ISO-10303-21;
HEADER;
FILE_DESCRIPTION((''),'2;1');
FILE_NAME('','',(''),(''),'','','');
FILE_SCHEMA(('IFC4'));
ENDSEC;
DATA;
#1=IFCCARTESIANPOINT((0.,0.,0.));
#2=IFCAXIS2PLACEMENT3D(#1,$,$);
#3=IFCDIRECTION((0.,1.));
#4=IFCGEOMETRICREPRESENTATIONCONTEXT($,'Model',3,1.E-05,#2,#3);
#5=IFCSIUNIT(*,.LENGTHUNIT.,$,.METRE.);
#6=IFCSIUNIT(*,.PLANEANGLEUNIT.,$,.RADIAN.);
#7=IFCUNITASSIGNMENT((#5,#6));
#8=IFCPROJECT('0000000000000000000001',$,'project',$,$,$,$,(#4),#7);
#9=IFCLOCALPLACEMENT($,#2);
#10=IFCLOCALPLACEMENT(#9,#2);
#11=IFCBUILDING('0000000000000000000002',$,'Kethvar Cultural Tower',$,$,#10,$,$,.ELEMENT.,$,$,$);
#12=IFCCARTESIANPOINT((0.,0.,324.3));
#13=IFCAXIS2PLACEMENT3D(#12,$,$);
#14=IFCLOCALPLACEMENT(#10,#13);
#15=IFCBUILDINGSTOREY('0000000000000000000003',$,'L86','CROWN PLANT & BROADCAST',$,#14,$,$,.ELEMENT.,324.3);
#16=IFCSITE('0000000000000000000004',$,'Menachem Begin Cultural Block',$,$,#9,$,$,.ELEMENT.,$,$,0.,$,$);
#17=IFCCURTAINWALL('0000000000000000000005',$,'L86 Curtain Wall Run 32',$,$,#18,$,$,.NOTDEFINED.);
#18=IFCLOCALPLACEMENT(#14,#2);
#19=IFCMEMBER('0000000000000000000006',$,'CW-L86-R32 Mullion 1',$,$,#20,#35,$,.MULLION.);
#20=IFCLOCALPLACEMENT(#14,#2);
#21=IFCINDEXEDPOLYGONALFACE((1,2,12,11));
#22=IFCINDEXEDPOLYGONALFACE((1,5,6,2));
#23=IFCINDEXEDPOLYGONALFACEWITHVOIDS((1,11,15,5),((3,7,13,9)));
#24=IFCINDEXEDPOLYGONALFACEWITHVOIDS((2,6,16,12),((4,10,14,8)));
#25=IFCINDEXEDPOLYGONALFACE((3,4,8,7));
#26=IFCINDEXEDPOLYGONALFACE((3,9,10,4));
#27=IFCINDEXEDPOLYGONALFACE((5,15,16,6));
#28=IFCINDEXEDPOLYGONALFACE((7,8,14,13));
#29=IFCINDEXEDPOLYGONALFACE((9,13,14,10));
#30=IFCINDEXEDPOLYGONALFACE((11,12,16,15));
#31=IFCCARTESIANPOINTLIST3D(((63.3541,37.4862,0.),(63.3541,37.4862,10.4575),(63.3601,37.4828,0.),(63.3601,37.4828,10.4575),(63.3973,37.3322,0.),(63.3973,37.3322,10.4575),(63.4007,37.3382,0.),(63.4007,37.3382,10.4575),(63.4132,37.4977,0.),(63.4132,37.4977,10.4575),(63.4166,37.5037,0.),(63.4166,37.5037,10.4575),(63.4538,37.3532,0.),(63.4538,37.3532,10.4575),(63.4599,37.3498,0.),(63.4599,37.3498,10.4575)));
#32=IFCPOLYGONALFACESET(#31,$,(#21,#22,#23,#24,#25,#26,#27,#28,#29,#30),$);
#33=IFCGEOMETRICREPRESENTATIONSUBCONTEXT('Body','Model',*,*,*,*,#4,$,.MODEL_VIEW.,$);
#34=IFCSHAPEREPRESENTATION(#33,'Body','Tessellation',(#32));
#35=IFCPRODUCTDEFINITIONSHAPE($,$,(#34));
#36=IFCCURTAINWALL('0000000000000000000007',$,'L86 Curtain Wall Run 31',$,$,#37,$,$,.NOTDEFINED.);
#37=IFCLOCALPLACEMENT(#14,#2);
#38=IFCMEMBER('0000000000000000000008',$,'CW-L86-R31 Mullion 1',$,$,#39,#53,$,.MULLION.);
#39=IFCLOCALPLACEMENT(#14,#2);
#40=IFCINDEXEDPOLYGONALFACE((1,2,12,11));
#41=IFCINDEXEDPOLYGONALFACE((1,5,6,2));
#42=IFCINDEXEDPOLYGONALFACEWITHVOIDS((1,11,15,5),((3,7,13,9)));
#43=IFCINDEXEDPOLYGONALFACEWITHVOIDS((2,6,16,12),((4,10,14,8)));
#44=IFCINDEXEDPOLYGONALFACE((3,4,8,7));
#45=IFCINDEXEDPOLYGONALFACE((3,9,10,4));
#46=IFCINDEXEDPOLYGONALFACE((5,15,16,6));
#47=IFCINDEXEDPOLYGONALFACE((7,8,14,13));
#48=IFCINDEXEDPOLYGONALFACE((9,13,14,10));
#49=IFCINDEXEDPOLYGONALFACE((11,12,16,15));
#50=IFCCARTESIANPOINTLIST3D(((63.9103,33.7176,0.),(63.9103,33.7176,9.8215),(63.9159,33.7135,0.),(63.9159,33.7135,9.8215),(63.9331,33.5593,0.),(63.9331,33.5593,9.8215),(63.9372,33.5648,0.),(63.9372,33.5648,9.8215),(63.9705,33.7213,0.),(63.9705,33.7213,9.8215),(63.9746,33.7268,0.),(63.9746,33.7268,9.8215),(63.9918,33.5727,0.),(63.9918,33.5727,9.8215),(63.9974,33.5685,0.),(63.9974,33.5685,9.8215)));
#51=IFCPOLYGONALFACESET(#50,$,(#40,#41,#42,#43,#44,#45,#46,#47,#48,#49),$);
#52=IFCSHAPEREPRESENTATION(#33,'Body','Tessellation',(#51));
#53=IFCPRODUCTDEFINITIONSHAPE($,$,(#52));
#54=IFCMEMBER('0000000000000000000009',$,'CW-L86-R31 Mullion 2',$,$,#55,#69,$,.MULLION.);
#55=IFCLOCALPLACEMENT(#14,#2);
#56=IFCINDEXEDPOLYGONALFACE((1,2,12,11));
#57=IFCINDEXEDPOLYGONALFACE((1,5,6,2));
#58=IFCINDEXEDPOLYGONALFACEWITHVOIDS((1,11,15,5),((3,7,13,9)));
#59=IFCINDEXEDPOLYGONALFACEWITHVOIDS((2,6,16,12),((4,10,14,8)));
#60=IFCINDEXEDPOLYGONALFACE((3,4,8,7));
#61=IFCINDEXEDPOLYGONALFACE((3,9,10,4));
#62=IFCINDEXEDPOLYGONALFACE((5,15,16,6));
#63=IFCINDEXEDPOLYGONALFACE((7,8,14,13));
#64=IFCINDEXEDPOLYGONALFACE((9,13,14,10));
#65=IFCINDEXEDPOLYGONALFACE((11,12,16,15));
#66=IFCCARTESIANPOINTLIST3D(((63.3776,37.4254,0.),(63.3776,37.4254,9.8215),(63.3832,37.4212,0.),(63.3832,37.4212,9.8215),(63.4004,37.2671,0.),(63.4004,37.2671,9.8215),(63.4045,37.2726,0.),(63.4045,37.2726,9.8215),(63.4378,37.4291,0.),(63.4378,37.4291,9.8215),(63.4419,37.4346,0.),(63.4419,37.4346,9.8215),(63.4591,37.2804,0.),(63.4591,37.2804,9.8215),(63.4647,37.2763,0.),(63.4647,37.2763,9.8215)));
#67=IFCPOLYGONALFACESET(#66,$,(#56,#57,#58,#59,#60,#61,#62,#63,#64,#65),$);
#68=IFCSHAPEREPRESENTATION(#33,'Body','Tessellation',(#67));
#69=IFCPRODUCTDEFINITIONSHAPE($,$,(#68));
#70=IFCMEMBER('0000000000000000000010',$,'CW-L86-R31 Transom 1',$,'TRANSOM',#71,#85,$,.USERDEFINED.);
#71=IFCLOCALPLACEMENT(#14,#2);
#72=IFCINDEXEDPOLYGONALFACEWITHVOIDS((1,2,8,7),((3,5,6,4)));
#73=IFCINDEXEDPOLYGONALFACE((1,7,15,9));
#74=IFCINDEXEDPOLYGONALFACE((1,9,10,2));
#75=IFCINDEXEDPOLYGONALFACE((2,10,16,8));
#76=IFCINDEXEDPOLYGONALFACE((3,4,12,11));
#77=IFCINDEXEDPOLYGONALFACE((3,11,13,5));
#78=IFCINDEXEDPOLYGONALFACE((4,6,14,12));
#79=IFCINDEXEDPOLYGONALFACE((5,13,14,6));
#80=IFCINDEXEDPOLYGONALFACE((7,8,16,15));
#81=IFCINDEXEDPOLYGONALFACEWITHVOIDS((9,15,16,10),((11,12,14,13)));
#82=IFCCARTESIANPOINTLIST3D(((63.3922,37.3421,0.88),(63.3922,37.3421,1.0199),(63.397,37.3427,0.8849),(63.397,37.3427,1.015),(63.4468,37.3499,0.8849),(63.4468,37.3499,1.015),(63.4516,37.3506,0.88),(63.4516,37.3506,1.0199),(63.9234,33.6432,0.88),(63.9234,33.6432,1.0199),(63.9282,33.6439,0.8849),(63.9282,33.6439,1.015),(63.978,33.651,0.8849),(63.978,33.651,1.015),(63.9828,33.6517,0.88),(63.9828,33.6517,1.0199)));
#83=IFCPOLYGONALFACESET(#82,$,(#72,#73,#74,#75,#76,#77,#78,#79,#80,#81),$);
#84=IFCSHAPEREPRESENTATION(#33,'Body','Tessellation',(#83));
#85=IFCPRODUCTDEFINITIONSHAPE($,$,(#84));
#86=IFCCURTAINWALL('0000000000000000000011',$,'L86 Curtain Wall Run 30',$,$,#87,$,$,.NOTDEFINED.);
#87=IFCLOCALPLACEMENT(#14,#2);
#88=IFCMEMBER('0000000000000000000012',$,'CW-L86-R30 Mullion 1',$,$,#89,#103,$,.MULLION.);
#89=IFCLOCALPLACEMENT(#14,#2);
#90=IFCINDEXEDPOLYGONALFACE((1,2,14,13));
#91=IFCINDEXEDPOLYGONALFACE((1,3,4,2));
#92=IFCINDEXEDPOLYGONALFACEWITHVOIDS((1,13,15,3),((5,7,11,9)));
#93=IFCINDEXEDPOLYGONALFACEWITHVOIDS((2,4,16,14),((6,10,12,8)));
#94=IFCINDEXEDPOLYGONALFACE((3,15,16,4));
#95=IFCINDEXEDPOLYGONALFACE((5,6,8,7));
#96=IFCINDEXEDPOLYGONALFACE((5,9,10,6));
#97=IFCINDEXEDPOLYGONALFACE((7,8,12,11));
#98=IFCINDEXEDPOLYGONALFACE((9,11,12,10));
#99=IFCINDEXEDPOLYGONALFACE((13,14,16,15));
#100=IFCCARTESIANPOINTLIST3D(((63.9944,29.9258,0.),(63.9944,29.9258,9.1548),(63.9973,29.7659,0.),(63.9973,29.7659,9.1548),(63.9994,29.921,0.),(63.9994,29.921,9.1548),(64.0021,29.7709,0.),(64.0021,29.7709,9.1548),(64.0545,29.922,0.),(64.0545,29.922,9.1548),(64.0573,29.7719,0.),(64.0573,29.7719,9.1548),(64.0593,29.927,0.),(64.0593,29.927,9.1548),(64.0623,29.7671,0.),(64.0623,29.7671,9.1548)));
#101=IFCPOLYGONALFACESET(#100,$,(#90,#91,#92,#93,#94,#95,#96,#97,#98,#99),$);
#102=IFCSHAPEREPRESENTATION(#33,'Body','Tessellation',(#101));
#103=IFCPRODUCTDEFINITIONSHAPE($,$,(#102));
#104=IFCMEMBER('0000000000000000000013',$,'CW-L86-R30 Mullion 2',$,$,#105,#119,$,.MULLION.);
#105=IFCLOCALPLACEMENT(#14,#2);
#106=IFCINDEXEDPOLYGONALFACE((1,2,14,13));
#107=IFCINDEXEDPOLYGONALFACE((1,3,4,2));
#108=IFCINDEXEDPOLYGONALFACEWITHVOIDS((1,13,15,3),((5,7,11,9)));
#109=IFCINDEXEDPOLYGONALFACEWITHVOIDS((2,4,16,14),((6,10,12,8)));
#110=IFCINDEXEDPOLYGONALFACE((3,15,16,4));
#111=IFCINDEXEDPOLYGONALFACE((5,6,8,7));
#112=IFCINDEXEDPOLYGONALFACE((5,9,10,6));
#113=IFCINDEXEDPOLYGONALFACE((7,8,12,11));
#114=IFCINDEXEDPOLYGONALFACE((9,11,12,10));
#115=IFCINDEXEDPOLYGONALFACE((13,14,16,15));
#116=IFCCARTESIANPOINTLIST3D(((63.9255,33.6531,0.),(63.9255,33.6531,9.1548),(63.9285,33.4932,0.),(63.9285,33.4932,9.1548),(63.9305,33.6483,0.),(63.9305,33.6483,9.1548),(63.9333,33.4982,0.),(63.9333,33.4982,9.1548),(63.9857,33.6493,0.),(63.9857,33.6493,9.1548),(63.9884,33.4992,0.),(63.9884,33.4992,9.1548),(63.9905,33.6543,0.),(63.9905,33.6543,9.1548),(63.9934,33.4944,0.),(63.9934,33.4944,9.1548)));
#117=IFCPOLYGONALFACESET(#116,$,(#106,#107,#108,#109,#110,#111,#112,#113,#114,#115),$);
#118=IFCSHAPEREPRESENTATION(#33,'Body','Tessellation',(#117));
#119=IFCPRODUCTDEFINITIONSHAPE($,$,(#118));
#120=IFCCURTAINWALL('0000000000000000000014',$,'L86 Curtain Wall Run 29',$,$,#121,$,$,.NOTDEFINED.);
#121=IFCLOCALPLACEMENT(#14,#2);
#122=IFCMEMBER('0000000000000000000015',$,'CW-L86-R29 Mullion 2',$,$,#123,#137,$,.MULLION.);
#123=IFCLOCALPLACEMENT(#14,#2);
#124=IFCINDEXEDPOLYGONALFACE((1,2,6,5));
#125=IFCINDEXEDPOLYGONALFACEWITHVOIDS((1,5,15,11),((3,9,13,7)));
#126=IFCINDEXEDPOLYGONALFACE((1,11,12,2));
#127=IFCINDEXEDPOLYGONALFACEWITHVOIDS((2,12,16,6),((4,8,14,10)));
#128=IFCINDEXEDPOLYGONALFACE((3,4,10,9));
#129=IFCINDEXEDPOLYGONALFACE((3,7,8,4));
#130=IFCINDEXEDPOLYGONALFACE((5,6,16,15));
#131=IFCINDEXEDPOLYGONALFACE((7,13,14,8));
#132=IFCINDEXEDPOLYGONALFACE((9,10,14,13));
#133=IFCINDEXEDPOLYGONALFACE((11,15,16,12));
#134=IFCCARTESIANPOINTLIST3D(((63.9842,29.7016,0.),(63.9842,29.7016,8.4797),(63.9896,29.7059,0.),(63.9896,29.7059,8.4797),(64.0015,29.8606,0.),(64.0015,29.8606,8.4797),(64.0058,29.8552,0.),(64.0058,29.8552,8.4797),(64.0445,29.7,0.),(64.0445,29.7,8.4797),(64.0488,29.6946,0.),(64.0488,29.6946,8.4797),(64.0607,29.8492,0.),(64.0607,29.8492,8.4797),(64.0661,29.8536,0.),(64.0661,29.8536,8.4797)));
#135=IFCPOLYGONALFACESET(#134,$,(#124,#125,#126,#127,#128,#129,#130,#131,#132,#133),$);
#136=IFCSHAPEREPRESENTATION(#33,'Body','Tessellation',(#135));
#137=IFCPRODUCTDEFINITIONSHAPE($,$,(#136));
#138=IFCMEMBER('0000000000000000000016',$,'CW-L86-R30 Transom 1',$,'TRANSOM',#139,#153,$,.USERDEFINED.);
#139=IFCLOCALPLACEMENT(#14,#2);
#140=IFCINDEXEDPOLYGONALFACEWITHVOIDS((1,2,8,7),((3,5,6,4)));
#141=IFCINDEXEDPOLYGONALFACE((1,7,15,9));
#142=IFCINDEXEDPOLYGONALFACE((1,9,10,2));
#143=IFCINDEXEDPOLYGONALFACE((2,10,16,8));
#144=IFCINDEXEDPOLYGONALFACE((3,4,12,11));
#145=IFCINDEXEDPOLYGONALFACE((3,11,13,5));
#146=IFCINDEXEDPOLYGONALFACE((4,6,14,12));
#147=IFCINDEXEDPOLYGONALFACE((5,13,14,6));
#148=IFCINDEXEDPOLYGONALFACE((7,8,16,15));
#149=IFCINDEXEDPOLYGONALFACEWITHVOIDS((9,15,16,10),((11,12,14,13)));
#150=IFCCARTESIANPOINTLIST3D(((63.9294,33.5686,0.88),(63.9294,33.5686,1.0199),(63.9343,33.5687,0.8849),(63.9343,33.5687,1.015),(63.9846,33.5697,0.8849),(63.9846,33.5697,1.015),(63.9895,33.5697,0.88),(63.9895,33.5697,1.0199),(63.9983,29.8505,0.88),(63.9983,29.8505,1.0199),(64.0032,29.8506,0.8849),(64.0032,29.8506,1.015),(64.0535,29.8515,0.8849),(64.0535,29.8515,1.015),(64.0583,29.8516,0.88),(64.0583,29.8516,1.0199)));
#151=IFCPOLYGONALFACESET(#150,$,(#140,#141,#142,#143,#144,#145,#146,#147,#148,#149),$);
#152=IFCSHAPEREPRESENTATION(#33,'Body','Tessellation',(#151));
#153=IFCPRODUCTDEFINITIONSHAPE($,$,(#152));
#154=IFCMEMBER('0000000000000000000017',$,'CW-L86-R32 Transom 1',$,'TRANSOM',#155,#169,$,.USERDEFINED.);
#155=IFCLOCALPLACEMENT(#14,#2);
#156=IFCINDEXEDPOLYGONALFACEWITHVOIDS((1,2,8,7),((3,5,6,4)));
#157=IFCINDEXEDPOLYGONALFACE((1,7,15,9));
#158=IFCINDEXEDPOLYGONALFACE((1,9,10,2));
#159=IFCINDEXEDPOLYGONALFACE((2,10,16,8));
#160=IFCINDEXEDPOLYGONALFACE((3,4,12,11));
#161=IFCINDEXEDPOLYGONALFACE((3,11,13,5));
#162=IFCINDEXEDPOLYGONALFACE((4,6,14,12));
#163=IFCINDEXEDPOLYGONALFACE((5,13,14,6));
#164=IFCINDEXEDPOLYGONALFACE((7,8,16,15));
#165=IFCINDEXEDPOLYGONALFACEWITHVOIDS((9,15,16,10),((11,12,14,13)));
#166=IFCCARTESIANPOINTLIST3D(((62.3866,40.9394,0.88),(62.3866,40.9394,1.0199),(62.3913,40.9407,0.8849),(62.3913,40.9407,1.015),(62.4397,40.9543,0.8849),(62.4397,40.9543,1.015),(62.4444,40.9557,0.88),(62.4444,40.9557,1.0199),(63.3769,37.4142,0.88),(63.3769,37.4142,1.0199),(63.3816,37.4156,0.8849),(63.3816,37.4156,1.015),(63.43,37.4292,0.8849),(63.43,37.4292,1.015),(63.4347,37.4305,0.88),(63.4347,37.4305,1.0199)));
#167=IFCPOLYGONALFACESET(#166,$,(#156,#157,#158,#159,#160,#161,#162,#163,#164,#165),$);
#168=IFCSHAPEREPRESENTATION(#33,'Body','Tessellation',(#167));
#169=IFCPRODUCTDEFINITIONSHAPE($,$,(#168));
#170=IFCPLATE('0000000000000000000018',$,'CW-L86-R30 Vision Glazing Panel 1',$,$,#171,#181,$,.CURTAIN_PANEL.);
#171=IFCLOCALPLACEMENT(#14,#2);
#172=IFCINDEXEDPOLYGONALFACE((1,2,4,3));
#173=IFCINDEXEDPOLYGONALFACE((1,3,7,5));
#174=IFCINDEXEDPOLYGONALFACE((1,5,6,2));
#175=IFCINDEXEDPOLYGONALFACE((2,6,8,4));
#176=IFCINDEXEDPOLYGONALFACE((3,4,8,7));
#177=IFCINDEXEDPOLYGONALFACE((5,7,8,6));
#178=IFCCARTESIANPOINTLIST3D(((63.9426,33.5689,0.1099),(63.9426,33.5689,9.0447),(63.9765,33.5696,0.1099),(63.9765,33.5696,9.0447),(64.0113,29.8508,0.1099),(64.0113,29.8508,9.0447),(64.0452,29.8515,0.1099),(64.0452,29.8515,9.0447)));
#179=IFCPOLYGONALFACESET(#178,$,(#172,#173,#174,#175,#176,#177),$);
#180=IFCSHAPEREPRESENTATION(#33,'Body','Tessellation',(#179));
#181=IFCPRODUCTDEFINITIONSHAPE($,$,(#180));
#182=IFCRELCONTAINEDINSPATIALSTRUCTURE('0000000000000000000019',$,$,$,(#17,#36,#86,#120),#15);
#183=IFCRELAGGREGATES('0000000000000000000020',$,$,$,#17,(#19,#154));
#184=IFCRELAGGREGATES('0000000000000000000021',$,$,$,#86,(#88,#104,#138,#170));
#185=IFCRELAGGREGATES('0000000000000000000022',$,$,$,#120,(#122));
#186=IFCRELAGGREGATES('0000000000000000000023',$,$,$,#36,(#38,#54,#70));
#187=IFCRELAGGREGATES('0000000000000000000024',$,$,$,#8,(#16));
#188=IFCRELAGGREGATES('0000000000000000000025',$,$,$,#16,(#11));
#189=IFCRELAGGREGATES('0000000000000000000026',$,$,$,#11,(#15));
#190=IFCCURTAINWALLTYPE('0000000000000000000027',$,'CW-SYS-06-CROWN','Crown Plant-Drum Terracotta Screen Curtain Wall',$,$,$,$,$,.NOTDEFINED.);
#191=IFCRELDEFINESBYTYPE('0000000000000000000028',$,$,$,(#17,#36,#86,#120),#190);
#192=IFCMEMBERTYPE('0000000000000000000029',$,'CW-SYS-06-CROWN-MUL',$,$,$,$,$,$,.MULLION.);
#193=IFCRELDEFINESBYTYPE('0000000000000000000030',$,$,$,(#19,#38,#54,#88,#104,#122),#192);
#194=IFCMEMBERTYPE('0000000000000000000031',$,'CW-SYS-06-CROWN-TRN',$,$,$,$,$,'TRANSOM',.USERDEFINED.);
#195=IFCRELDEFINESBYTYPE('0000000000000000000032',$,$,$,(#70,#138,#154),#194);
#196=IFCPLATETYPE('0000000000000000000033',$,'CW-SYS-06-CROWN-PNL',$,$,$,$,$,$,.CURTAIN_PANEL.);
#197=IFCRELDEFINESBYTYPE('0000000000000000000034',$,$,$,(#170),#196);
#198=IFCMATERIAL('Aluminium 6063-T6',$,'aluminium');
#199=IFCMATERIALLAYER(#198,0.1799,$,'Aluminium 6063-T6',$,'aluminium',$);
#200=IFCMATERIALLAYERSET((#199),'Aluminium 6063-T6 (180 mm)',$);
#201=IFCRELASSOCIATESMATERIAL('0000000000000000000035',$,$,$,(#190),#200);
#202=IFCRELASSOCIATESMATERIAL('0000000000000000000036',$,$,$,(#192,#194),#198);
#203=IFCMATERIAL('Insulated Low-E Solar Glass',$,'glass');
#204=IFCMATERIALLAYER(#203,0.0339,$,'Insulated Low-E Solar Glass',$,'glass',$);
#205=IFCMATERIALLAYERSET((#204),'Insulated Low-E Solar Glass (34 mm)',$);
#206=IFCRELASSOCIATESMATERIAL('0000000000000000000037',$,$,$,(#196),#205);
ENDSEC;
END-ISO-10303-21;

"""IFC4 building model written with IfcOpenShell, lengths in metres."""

from ifc_helpers import new_model, si_unit, direction, frame, origin, origin_2d, place, context, subcontext, project, spatial, rectangle, hollow_rectangle, extrude, source, transform, mapped, material, layer, layer_set, material_profile, profile_set, type_object, element, aggregate, save


model = new_model("IFC4")

# Units and contexts
model_context = context("Model", 3, precision=1e-05, world=origin(), true_north=direction((0.0, 1.0)))
body_context = subcontext(model_context, "Body", "Model", "MODEL_VIEW")
ifc_project = project(units=[si_unit("LENGTHUNIT", "METRE"), si_unit("PLANEANGLEUNIT", "RADIAN")], contexts=[model_context])

# Site, building, storey
site_placement = place(None, origin())
site = spatial("IfcSite", under=ifc_project, at=site_placement, Name="Menachem Begin Cultural Block", CompositionType="ELEMENT", RefElevation=0.0)
building_placement = place(site_placement, origin())
building = spatial("IfcBuilding", under=site, at=building_placement, Name="Kethvar Cultural Tower", CompositionType="ELEMENT")
storey_placement = place(building_placement, frame((0.0, 0.0, 324.3)))
storey = spatial("IfcBuildingStorey", under=building, at=storey_placement, Name="L86", Description="CROWN PLANT & BROADCAST", CompositionType="ELEMENT", Elevation=324.3)

# Curtain wall, member
ifc_material_1 = material(Name="Aluminium 6063-T6", Category="aluminium")
ifc_layer_1 = layer(ifc_material_1, 0.1799, Name="Aluminium 6063-T6", Category="aluminium")
ifc_layer_set_1 = layer_set([ifc_layer_1], Name="Aluminium 6063-T6 (180 mm)")
curtain_wall_type = type_object("IfcCurtainWallType", Name="CW-SYS-06-CROWN", Description="Crown Plant-Drum Terracotta Screen Curtain Wall", PredefinedType="NOTDEFINED", material=ifc_layer_set_1)
curtain_wall_1_placement = place(storey_placement, origin())
curtain_wall_1 = element("IfcCurtainWall", 1, at=curtain_wall_1_placement, inside=storey, type_object=curtain_wall_type, Name="L86 Curtain Wall Run 32", PredefinedType="NOTDEFINED")
ifc_material_profile_1 = material_profile(ifc_material_1, hollow_rectangle(XDim=0.0649, YDim=0.1599, WallThickness=0.0049, at=origin_2d()), Name="Aluminium 6063-T6 — RHS160x65x5")
ifc_profile_set_1 = profile_set([ifc_material_profile_1], Name="Aluminium 6063-T6 — RHS160x65x5")
member_type_1 = type_object("IfcMemberType", Name="CW-SYS-06-CROWN-MUL", PredefinedType="MULLION", material=ifc_profile_set_1)
shared_shape_1 = source(origin(), body_context, "Body", "SweptSolid", [
    extrude(hollow_rectangle(XDim=0.0649, YDim=0.1599, WallThickness=0.0049, at=origin_2d()), origin(), (0.0, 0.0, 1.0), 10.4575),
])
member_1_placement = place(storey_placement, frame((63.407, 37.418, 0.0), z_axis=(0.0, 0.0, 1.0), x_axis=(-0.962739, -0.270432, 0.0)))
member_1 = element("IfcMember", 2, at=member_1_placement, type_object=member_type_1, Name="CW-L86-R32 Mullion 1", PredefinedType="MULLION", context=body_context, shape_type="MappedRepresentation", body=[
    mapped(shared_shape_1, transform((0.0, 0.0, 0.0), scale=1.0)),
])

# Curtain walls, members
curtain_wall_2_placement = place(storey_placement, origin())
curtain_wall_2 = element("IfcCurtainWall", 3, at=curtain_wall_2_placement, inside=storey, type_object=curtain_wall_type, Name="L86 Curtain Wall Run 31", PredefinedType="NOTDEFINED")
shared_shape_2 = source(origin(), body_context, "Body", "SweptSolid", [
    extrude(hollow_rectangle(XDim=0.0649, YDim=0.1599, WallThickness=0.0049, at=origin_2d()), origin(), (0.0, 0.0, 1.0), 9.8215),
])
member_2_placement = place(storey_placement, frame((63.9539, 33.6431, 0.0), z_axis=(0.0, 0.0, 1.0), x_axis=(-0.989841, -0.14218, 0.0)))
member_2 = element("IfcMember", 4, at=member_2_placement, type_object=member_type_1, Name="CW-L86-R31 Mullion 1", PredefinedType="MULLION", context=body_context, shape_type="MappedRepresentation", body=[
    mapped(shared_shape_2, transform((0.0, 0.0, 0.0), scale=1.0)),
])
member_3_placement = place(storey_placement, frame((63.4211, 37.3508, 0.0), z_axis=(0.0, 0.0, 1.0), x_axis=(-0.989841, -0.14218, 0.0)))
member_3 = element("IfcMember", 5, at=member_3_placement, type_object=member_type_1, Name="CW-L86-R31 Mullion 2", PredefinedType="MULLION", context=body_context, shape_type="MappedRepresentation", body=[
    mapped(shared_shape_2, transform((0.0, 0.0, 0.0), scale=1.0)),
])
ifc_material_profile_2 = material_profile(ifc_material_1, hollow_rectangle(XDim=0.0601, YDim=0.1399, WallThickness=0.0049, at=origin_2d()), Name="Aluminium 6063-T6 — RHS140x60x5")
ifc_profile_set_2 = profile_set([ifc_material_profile_2], Name="Aluminium 6063-T6 — RHS140x60x5")
member_type_2 = type_object("IfcMemberType", Name="CW-SYS-06-CROWN-TRN", ElementType="TRANSOM", PredefinedType="USERDEFINED", material=ifc_profile_set_2)
shared_shape_3 = source(origin(), body_context, "Body", "SweptSolid", [
    extrude(hollow_rectangle(XDim=0.0601, YDim=0.1399, WallThickness=0.0049, at=origin_2d()), origin(), (0.0, 0.0, 1.0), 3.7368),
])
member_4_placement = place(storey_placement, frame((63.9531, 33.6475, 0.95), z_axis=(-0.142162, 0.989843, 0.0), x_axis=(-0.989843, -0.142162, 0.0)))
member_4 = element("IfcMember", 6, at=member_4_placement, type_object=member_type_2, Name="CW-L86-R31 Transom 1", ObjectType="TRANSOM", PredefinedType="USERDEFINED", context=body_context, shape_type="MappedRepresentation", body=[
    mapped(shared_shape_3, transform((0.0, 0.0, 0.0), scale=1.0)),
])
curtain_wall_3_placement = place(storey_placement, origin())
curtain_wall_3 = element("IfcCurtainWall", 7, at=curtain_wall_3_placement, inside=storey, type_object=curtain_wall_type, Name="L86 Curtain Wall Run 30", PredefinedType="NOTDEFINED")
shared_shape_4 = source(origin(), body_context, "Body", "SweptSolid", [
    extrude(hollow_rectangle(XDim=0.0649, YDim=0.1599, WallThickness=0.0049, at=origin_2d()), origin(), (0.0, 0.0, 1.0), 9.1548),
])
member_5_placement = place(storey_placement, frame((64.0283, 29.8464, 0.0), z_axis=(0.0, 0.0, 1.0), x_axis=(-0.99983, -0.018465, 0.0)))
member_5 = element("IfcMember", 8, at=member_5_placement, type_object=member_type_1, Name="CW-L86-R30 Mullion 1", PredefinedType="MULLION", context=body_context, shape_type="MappedRepresentation", body=[
    mapped(shared_shape_4, transform((0.0, 0.0, 0.0), scale=1.0)),
])
member_6_placement = place(storey_placement, frame((63.9595, 33.5737, 0.0), z_axis=(0.0, 0.0, 1.0), x_axis=(-0.99983, -0.018465, 0.0)))
member_6 = element("IfcMember", 9, at=member_6_placement, type_object=member_type_1, Name="CW-L86-R30 Mullion 2", PredefinedType="MULLION", context=body_context, shape_type="MappedRepresentation", body=[
    mapped(shared_shape_4, transform((0.0, 0.0, 0.0), scale=1.0)),
])

# Curtain wall, member
curtain_wall_4_placement = place(storey_placement, origin())
curtain_wall_4 = element("IfcCurtainWall", 10, at=curtain_wall_4_placement, inside=storey, type_object=curtain_wall_type, Name="L86 Curtain Wall Run 29", PredefinedType="NOTDEFINED")
shared_shape_5 = source(origin(), body_context, "Body", "SweptSolid", [
    extrude(hollow_rectangle(XDim=0.0649, YDim=0.1599, WallThickness=0.0049, at=origin_2d()), origin(), (0.0, 0.0, 1.0), 8.4797),
])
member_7_placement = place(storey_placement, frame((64.0251, 29.7776, 0.0), z_axis=(0.0, 0.0, 1.0), x_axis=(-0.994149, 0.108017, 0.0)))
member_7 = element("IfcMember", 11, at=member_7_placement, type_object=member_type_1, Name="CW-L86-R29 Mullion 2", PredefinedType="MULLION", context=body_context, shape_type="MappedRepresentation", body=[
    mapped(shared_shape_5, transform((0.0, 0.0, 0.0), scale=1.0)),
])

# Members
shared_shape_6 = source(origin(), body_context, "Body", "SweptSolid", [
    extrude(hollow_rectangle(XDim=0.0601, YDim=0.1399, WallThickness=0.0049, at=origin_2d()), origin(), (0.0, 0.0, 1.0), 3.7188),
])
member_8_placement = place(storey_placement, frame((64.0283, 29.8511, 0.95), z_axis=(-0.018514, 0.999829, 0.0), x_axis=(-0.999829, -0.018514, 0.0)))
member_8 = element("IfcMember", 12, at=member_8_placement, type_object=member_type_2, Name="CW-L86-R30 Transom 1", ObjectType="TRANSOM", PredefinedType="USERDEFINED", context=body_context, shape_type="MappedRepresentation", body=[
    mapped(shared_shape_6, transform((0.0, 0.0, 0.0), scale=1.0)),
])
shared_shape_7 = source(origin(), body_context, "Body", "SweptSolid", [
    extrude(hollow_rectangle(XDim=0.0601, YDim=0.1399, WallThickness=0.0049, at=origin_2d()), origin(), (0.0, 0.0, 1.0), 3.6616),
])
member_9_placement = place(storey_placement, frame((63.4058, 37.4224, 0.95), z_axis=(-0.270439, 0.962737, 0.0), x_axis=(-0.962737, -0.270439, 0.0)))
member_9 = element("IfcMember", 13, at=member_9_placement, type_object=member_type_2, Name="CW-L86-R32 Transom 1", ObjectType="TRANSOM", PredefinedType="USERDEFINED", context=body_context, shape_type="MappedRepresentation", body=[
    mapped(shared_shape_7, transform((0.0, 0.0, 0.0), scale=1.0)),
])
aggregate(curtain_wall_1, [member_1, member_9])

# Plate
ifc_material_2 = material(Name="Insulated Low-E Solar Glass", Category="glass")
ifc_layer_2 = layer(ifc_material_2, 0.0339, Name="Insulated Low-E Solar Glass", Category="glass")
ifc_layer_set_2 = layer_set([ifc_layer_2], Name="Insulated Low-E Solar Glass (34 mm)")
plate_type = type_object("IfcPlateType", Name="CW-SYS-06-CROWN-PNL", PredefinedType="CURTAIN_PANEL", material=ifc_layer_set_2)
shared_shape_8 = source(origin(), body_context, "Body", "SweptSolid", [
    extrude(rectangle(XDim=3.7188, YDim=0.0339, at=origin_2d()), origin(), (0.0, 0.0, 1.0), 8.9348),
])
plate_1_placement = place(storey_placement, frame((63.9939, 31.7102, 0.1099), z_axis=(0.0, 0.0, 1.0), x_axis=(-0.018465, 0.99983, 0.0)))
plate_1 = element("IfcPlate", 14, at=plate_1_placement, type_object=plate_type, Name="CW-L86-R30 Vision Glazing Panel 1", PredefinedType="CURTAIN_PANEL", context=body_context, shape_type="MappedRepresentation", body=[
    mapped(shared_shape_8, transform((0.0, 0.0, 0.0), scale=1.0)),
])
aggregate(curtain_wall_3, [member_5, member_6, member_8, plate_1])
aggregate(curtain_wall_4, [member_7])
aggregate(curtain_wall_2, [member_2, member_3, member_4])

save(model, "model.ifc")
